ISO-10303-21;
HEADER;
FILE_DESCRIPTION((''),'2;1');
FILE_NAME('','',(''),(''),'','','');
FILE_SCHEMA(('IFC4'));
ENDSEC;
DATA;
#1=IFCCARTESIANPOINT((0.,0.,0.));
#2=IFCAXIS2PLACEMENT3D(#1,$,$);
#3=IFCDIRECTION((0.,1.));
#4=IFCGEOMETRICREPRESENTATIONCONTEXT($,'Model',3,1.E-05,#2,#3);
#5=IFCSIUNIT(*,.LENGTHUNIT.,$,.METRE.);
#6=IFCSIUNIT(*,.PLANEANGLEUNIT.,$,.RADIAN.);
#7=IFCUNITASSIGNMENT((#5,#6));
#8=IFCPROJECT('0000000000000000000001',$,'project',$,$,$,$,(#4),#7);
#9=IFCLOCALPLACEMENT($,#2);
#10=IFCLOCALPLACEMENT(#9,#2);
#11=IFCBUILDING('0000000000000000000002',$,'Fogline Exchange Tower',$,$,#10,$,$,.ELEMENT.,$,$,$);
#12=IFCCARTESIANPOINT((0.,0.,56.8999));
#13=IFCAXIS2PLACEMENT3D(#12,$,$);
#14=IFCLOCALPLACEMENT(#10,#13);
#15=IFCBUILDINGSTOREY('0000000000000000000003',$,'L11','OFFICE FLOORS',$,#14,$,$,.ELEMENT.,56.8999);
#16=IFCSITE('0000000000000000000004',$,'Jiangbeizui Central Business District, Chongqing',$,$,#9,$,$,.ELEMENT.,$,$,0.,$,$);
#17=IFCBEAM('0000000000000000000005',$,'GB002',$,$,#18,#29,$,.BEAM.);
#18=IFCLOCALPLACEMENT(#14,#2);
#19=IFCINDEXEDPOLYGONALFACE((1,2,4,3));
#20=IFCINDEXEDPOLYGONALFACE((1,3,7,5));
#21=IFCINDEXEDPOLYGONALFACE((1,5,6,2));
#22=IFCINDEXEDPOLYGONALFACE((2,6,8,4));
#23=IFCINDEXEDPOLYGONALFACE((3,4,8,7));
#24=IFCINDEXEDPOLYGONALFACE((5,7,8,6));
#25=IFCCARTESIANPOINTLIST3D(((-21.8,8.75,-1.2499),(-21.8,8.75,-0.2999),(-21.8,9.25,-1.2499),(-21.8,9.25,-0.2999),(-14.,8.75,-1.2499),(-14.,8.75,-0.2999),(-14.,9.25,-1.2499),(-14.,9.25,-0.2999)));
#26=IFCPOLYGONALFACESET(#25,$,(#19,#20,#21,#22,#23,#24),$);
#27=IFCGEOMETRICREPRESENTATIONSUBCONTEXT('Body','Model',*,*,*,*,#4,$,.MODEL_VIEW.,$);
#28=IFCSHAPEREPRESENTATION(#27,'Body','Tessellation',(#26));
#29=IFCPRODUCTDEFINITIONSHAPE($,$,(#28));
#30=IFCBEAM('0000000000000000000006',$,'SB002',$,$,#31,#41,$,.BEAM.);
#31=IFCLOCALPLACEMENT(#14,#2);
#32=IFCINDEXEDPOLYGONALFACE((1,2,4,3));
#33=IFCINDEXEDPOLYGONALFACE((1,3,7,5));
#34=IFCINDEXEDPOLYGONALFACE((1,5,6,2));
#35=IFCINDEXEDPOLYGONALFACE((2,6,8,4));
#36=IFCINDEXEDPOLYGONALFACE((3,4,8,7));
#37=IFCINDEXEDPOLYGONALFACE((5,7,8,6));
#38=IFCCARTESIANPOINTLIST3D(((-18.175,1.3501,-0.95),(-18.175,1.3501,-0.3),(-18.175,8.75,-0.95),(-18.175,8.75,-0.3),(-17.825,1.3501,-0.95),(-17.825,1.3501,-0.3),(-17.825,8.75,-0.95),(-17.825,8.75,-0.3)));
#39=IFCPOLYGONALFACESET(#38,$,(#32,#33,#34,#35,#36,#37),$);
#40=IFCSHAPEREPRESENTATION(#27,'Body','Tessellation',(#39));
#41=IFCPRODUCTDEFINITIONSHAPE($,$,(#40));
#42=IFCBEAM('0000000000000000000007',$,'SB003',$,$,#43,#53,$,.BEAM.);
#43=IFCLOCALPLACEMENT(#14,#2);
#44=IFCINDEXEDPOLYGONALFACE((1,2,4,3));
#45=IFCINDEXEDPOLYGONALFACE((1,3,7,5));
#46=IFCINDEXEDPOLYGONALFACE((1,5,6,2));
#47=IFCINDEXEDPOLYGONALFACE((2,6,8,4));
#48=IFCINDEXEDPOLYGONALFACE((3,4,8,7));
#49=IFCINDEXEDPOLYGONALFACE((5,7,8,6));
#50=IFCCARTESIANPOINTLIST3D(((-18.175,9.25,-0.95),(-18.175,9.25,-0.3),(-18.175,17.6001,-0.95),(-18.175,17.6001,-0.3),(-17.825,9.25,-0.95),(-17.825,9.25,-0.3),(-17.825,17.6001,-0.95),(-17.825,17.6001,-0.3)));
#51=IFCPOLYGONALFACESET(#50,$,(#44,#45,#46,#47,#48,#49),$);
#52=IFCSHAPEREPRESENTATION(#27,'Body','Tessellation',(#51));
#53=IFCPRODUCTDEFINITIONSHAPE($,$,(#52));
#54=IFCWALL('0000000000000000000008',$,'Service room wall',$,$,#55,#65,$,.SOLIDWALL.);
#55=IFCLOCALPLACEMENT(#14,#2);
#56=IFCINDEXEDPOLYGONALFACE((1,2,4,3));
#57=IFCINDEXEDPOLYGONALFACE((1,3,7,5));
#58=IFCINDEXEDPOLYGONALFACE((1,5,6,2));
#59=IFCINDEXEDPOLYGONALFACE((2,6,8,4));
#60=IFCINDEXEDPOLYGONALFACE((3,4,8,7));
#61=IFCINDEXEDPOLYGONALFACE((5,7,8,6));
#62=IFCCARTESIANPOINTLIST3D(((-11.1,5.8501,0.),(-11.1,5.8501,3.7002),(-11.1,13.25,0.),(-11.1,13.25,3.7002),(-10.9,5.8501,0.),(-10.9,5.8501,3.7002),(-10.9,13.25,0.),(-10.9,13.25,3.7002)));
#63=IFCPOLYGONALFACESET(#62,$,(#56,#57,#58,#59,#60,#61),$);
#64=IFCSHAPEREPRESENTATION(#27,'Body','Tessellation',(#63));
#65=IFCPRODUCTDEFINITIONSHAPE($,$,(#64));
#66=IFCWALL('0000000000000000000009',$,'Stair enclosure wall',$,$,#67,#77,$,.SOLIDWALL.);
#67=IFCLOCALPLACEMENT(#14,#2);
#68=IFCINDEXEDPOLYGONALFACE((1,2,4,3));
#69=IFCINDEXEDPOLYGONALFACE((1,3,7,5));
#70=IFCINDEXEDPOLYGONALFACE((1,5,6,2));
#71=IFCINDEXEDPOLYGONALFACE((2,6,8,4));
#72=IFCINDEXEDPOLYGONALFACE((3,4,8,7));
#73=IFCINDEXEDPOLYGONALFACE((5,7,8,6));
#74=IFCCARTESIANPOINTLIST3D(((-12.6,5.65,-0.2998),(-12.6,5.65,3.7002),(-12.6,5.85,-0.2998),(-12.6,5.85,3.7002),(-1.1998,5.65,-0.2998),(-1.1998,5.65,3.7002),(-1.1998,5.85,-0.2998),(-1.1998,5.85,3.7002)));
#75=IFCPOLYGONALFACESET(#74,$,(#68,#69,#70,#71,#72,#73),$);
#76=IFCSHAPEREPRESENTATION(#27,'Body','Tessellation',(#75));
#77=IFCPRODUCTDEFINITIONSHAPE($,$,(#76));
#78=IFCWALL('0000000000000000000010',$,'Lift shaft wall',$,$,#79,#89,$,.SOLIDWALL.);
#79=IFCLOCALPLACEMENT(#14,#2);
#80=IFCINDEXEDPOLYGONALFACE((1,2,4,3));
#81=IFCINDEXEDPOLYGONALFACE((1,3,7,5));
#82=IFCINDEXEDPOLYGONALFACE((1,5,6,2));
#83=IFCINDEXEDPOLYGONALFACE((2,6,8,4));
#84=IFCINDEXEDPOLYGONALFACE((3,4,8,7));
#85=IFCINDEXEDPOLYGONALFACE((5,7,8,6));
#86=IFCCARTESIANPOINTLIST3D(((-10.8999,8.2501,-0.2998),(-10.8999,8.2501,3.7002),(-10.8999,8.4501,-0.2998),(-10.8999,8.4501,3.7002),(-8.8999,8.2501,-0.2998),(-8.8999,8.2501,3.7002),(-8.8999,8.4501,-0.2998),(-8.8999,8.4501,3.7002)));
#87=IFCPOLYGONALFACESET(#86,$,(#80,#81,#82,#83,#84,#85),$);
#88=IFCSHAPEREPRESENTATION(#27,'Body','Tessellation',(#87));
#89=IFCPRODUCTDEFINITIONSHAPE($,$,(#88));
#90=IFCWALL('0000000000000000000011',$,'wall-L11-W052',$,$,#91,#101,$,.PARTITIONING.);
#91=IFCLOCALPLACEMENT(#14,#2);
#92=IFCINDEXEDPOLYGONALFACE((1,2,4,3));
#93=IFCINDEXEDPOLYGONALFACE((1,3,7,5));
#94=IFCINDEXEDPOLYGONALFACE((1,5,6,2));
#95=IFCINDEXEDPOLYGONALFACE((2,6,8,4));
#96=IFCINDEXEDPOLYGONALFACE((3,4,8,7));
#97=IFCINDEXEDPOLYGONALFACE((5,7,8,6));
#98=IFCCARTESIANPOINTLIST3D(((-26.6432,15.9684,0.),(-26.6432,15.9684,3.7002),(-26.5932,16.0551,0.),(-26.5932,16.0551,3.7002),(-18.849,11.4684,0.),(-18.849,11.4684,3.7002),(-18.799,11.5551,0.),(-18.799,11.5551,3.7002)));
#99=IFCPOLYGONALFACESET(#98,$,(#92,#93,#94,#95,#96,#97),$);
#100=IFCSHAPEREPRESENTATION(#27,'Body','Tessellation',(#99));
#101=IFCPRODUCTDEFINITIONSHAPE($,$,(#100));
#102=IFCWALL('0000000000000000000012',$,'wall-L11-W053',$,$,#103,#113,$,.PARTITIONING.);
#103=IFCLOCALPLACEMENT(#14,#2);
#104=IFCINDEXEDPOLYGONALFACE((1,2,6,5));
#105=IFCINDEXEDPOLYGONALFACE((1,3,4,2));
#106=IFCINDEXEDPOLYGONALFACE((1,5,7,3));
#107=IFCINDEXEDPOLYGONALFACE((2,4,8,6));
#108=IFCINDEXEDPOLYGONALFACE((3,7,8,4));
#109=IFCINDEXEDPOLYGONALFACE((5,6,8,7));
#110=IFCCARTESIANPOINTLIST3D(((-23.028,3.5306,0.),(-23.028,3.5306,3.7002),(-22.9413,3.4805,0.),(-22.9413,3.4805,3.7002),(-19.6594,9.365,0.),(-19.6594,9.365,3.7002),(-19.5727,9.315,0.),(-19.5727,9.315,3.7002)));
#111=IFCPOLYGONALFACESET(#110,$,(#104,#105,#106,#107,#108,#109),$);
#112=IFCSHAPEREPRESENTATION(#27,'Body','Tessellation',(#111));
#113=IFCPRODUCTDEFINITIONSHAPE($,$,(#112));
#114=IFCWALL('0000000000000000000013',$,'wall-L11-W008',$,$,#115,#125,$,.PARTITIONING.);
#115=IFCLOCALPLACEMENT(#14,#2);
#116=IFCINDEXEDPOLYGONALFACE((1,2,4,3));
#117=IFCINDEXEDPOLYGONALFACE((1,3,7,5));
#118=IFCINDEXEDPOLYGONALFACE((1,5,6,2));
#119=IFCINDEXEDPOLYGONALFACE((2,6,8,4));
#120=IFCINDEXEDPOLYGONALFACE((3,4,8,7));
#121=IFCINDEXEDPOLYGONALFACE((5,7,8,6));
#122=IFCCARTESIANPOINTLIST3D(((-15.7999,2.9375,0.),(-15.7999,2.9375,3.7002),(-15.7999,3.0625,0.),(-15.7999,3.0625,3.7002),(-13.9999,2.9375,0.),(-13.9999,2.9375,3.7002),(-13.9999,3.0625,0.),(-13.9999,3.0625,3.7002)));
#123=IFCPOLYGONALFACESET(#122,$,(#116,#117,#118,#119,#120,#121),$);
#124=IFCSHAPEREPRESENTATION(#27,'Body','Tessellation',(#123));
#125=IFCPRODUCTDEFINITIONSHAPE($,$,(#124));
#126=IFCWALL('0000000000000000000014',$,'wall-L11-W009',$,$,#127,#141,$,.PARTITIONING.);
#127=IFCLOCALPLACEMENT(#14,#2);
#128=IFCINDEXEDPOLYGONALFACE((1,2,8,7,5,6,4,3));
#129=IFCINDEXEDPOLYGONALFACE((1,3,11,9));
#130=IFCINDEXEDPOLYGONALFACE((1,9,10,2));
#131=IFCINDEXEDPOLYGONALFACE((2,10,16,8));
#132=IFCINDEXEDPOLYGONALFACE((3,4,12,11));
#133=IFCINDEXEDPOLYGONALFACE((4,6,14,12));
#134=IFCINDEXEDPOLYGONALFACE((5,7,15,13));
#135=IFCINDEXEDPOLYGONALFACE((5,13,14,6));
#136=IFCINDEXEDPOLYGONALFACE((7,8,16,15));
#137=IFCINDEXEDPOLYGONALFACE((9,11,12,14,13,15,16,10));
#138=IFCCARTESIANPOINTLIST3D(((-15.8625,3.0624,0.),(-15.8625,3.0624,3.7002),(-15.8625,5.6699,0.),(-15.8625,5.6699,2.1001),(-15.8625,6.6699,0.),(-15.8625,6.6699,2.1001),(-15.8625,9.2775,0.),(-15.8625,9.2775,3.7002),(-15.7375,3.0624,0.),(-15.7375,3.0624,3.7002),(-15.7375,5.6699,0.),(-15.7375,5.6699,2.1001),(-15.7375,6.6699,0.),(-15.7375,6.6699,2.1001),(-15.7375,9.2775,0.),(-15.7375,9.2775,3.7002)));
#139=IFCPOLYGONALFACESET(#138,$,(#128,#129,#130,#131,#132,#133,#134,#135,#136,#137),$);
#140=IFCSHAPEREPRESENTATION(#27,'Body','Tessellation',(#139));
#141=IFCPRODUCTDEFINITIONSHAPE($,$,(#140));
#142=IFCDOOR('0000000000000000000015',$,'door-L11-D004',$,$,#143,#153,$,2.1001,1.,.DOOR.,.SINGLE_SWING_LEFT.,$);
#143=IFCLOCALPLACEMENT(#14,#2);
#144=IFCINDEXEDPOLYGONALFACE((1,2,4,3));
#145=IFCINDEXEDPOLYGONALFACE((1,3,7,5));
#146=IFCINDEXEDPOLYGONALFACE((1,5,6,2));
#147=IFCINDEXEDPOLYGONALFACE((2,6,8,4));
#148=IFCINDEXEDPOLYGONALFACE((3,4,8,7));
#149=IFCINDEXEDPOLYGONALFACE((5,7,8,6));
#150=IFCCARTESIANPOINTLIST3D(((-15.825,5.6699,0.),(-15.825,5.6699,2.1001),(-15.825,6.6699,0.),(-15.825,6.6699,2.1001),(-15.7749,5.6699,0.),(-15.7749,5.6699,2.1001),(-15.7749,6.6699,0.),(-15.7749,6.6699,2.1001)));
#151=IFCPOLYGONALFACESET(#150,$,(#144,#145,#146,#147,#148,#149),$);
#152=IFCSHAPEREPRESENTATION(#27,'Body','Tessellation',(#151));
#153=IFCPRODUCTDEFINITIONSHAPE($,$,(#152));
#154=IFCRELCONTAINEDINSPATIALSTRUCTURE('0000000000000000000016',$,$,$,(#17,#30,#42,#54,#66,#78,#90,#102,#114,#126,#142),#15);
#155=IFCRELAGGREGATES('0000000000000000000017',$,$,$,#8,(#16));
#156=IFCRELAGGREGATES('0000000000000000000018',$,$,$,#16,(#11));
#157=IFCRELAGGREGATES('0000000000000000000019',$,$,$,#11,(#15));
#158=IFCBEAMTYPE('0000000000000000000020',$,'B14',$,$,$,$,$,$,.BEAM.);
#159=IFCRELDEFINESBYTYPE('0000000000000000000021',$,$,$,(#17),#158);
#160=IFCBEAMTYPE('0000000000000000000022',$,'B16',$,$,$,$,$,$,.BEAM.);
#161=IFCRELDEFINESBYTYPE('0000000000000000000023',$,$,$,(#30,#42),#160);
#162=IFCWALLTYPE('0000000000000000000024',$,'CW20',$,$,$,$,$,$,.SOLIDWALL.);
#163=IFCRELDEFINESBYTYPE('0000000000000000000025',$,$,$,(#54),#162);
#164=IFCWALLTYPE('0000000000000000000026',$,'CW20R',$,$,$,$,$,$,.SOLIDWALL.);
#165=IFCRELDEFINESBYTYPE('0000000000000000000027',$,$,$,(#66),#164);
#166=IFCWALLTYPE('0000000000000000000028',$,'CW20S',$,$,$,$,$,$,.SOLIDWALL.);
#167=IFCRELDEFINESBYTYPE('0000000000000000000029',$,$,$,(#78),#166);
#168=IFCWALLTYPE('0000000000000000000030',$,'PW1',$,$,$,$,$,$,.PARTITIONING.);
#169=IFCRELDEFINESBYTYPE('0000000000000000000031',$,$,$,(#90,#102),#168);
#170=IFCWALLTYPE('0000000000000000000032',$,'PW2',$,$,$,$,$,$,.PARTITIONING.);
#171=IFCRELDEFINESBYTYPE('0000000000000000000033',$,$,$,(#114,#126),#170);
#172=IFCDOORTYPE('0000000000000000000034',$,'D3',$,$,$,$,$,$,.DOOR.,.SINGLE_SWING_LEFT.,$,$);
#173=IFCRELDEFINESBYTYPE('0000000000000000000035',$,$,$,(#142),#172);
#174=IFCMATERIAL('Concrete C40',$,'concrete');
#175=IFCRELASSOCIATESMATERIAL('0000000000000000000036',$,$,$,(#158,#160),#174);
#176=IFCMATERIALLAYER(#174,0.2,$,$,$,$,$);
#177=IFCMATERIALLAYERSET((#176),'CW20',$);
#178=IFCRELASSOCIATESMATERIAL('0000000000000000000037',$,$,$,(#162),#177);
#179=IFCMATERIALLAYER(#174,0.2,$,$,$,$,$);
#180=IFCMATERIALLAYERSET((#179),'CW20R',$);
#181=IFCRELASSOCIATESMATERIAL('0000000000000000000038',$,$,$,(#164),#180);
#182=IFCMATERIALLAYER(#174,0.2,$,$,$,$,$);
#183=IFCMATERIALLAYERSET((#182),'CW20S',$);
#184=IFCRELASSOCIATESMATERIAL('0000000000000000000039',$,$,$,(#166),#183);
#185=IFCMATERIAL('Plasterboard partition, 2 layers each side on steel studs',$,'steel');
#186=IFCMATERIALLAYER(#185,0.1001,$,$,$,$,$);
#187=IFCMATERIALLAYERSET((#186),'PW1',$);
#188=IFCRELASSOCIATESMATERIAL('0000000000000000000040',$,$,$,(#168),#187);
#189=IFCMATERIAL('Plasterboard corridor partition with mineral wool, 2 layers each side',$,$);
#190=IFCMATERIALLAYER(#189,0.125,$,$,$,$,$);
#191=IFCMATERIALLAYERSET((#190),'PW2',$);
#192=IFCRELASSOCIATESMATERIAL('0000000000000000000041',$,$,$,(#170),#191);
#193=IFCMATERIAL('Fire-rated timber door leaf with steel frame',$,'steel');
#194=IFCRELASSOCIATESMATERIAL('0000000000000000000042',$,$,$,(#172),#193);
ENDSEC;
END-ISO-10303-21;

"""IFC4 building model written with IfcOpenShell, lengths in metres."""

from ifc_helpers import new_model, si_unit, direction, frame, frame_2d, origin, origin_2d, place, context, subcontext, project, spatial, rectangle, extrude, material, layer, layer_set, material_profile, profile_set, type_object, element, fill, save


model = new_model("IFC4")

# Units and contexts
model_context = context("Model", 3, precision=1e-05, world=origin(), true_north=direction((0.0, 1.0)))
body_context = subcontext(model_context, "Body", "Model", "MODEL_VIEW")
ifc_project = project(units=[si_unit("LENGTHUNIT", "METRE"), si_unit("PLANEANGLEUNIT", "RADIAN")], contexts=[model_context])

# Site, building, storey
site_placement = place(None, origin())
site = spatial("IfcSite", under=ifc_project, at=site_placement, Name="Jiangbeizui Central Business District, Chongqing", CompositionType="ELEMENT", RefElevation=0.0)
building_placement = place(site_placement, origin())
building = spatial("IfcBuilding", under=site, at=building_placement, Name="Fogline Exchange Tower", CompositionType="ELEMENT")
storey_placement = place(building_placement, frame((0.0, 0.0, 56.8999)))
storey = spatial("IfcBuildingStorey", under=building, at=storey_placement, Name="L11", Description="OFFICE FLOORS", CompositionType="ELEMENT", Elevation=56.8999)

# Beams
ifc_material_1 = material(Name="Concrete C40", Category="concrete")
ifc_material_profile_1 = material_profile(ifc_material_1, rectangle(XDim=0.5, YDim=0.95, at=origin_2d()), Name="RC 500x950")
ifc_profile_set_1 = profile_set([ifc_material_profile_1], Name="Concrete C40")
beam_type_1 = type_object("IfcBeamType", Name="B14", PredefinedType="BEAM", material=ifc_profile_set_1)
beam_1_placement = place(storey_placement, frame((-21.8, 9.0, -0.7749), z_axis=(1.0, 0.0, 0.0), x_axis=(0.0, 1.0, 0.0)))
element("IfcBeam", 1, at=beam_1_placement, inside=storey, type_object=beam_type_1, Name="GB002", PredefinedType="BEAM", context=body_context, shape_type="SweptSolid", body=[
    extrude(rectangle(XDim=0.5, YDim=0.95, at=origin_2d()), origin(), (0.0, 0.0, 1.0), 7.8),
])
ifc_material_profile_2 = material_profile(ifc_material_1, rectangle(XDim=0.3501, YDim=0.6499, at=origin_2d()), Name="RC 350x650")
ifc_profile_set_2 = profile_set([ifc_material_profile_2], Name="Concrete C40")
beam_type_2 = type_object("IfcBeamType", Name="B16", PredefinedType="BEAM", material=ifc_profile_set_2)
beam_2_placement = place(storey_placement, frame((-18.0, 1.3501, -0.625), z_axis=(0.0, 1.0, 0.0), x_axis=(-1.0, 0.0, 0.0)))
element("IfcBeam", 2, at=beam_2_placement, inside=storey, type_object=beam_type_2, Name="SB002", PredefinedType="BEAM", context=body_context, shape_type="SweptSolid", body=[
    extrude(rectangle(XDim=0.3501, YDim=0.6499, at=origin_2d()), origin(), (0.0, 0.0, 1.0), 7.3999),
])
beam_3_placement = place(storey_placement, frame((-18.0, 9.25, -0.625), z_axis=(0.0, 1.0, 0.0), x_axis=(-1.0, 0.0, 0.0)))
element("IfcBeam", 3, at=beam_3_placement, inside=storey, type_object=beam_type_2, Name="SB003", PredefinedType="BEAM", context=body_context, shape_type="SweptSolid", body=[
    extrude(rectangle(XDim=0.3501, YDim=0.6499, at=origin_2d()), origin(), (0.0, 0.0, 1.0), 8.3501),
])

# Walls
ifc_layer_1 = layer(ifc_material_1, 0.2)
ifc_layer_set_1 = layer_set([ifc_layer_1], Name="CW20")
wall_type_1 = type_object("IfcWallType", Name="CW20", PredefinedType="SOLIDWALL", material=ifc_layer_set_1)
wall_1_placement = place(storey_placement, frame((-11.0, 5.8501, 0.0), z_axis=(0.0, 0.0, 1.0), x_axis=(0.0, 1.0, 0.0)))
element("IfcWall", 4, at=wall_1_placement, inside=storey, type_object=wall_type_1, Name="Service room wall", PredefinedType="SOLIDWALL", context=body_context, shape_type="SweptSolid", body=[
    extrude(rectangle(XDim=7.3999, YDim=0.2, at=frame_2d((3.7, 0.0))), origin(), (0.0, 0.0, 1.0), 3.7002),
])
ifc_layer_2 = layer(ifc_material_1, 0.2)
ifc_layer_set_2 = layer_set([ifc_layer_2], Name="CW20R")
wall_type_2 = type_object("IfcWallType", Name="CW20R", PredefinedType="SOLIDWALL", material=ifc_layer_set_2)
wall_2_placement = place(storey_placement, frame((-12.6001, 5.75, -0.2998), z_axis=(0.0, 0.0, 1.0), x_axis=(1.0, 0.0, 0.0)))
element("IfcWall", 5, at=wall_2_placement, inside=storey, type_object=wall_type_2, Name="Stair enclosure wall", PredefinedType="SOLIDWALL", context=body_context, shape_type="SweptSolid", body=[
    extrude(rectangle(XDim=11.4001, YDim=0.2, at=frame_2d((5.7002, 0.0))), origin(), (0.0, 0.0, 1.0), 4.0),
])
ifc_layer_3 = layer(ifc_material_1, 0.2)
ifc_layer_set_3 = layer_set([ifc_layer_3], Name="CW20S")
wall_type_3 = type_object("IfcWallType", Name="CW20S", PredefinedType="SOLIDWALL", material=ifc_layer_set_3)
wall_3_placement = place(storey_placement, frame((-10.8999, 8.3501, -0.2998), z_axis=(0.0, 0.0, 1.0), x_axis=(1.0, 0.0, 0.0)))
element("IfcWall", 6, at=wall_3_placement, inside=storey, type_object=wall_type_3, Name="Lift shaft wall", PredefinedType="SOLIDWALL", context=body_context, shape_type="SweptSolid", body=[
    extrude(rectangle(XDim=2.0, YDim=0.2, at=frame_2d((1.0, 0.0))), origin(), (0.0, 0.0, 1.0), 4.0),
])
ifc_material_2 = material(Name="Plasterboard partition, 2 layers each side on steel studs", Category="steel")
ifc_layer_4 = layer(ifc_material_2, 0.1001)
ifc_layer_set_4 = layer_set([ifc_layer_4], Name="PW1")
wall_type_4 = type_object("IfcWallType", Name="PW1", PredefinedType="PARTITIONING", material=ifc_layer_set_4)
wall_4_placement = place(storey_placement, frame((-18.824, 11.5117, 0.0), z_axis=(0.0, 0.0, 1.0), x_axis=(-0.866024, 0.500002, 0.0)))
element("IfcWall", 7, at=wall_4_placement, inside=storey, type_object=wall_type_4, Name="wall-L11-W052", PredefinedType="PARTITIONING", context=body_context, shape_type="SweptSolid", body=[
    extrude(rectangle(XDim=9.0, YDim=0.1001, at=frame_2d((4.5, 0.0))), origin(), (0.0, 0.0, 1.0), 3.7002),
])
wall_5_placement = place(storey_placement, frame((-19.616, 9.3401, 0.0), z_axis=(0.0, 0.0, 1.0), x_axis=(-0.500013, -0.866018, 0.0)))
element("IfcWall", 8, at=wall_5_placement, inside=storey, type_object=wall_type_4, Name="wall-L11-W053", PredefinedType="PARTITIONING", context=body_context, shape_type="SweptSolid", body=[
    extrude(rectangle(XDim=6.7371, YDim=0.1001, at=frame_2d((3.3687, 0.0))), origin(), (0.0, 0.0, 1.0), 3.7002),
])
ifc_material_3 = material(Name="Plasterboard corridor partition with mineral wool, 2 layers each side")
ifc_layer_5 = layer(ifc_material_3, 0.125)
ifc_layer_set_5 = layer_set([ifc_layer_5], Name="PW2")
wall_type_5 = type_object("IfcWallType", Name="PW2", PredefinedType="PARTITIONING", material=ifc_layer_set_5)
wall_6_placement = place(storey_placement, frame((-14.0, 3.0, 0.0), z_axis=(0.0, 0.0, 1.0), x_axis=(-1.0, 0.0, 0.0)))
element("IfcWall", 9, at=wall_6_placement, inside=storey, type_object=wall_type_5, Name="wall-L11-W008", PredefinedType="PARTITIONING", context=body_context, shape_type="SweptSolid", body=[
    extrude(rectangle(XDim=1.8, YDim=0.125, at=frame_2d((0.8999, 0.0))), origin(), (0.0, 0.0, 1.0), 3.7002),
])

# Wall, opening, door
wall_7_placement = place(storey_placement, frame((-15.8, 3.0625, 0.0), z_axis=(0.0, 0.0, 1.0), x_axis=(0.0, 1.0, 0.0)))
wall_7 = element("IfcWall", 10, at=wall_7_placement, inside=storey, type_object=wall_type_5, Name="wall-L11-W009", PredefinedType="PARTITIONING", context=body_context, shape_type="SweptSolid", body=[
    extrude(rectangle(XDim=6.2151, YDim=0.125, at=frame_2d((3.1074, 0.0))), origin(), (0.0, 0.0, 1.0), 3.7002),
])
opening_1_placement = place(wall_7_placement, frame((2.6074, 0.0, 0.0)))
opening_1 = element("IfcOpeningElement", 11, at=opening_1_placement, cuts=wall_7, PredefinedType="OPENING", context=body_context, shape_type="SweptSolid", body=[
    extrude(rectangle(XDim=1.0, YDim=2.1001, at=frame_2d((0.5, 1.05))), frame((0.0, 0.0725, 0.0), z_axis=(0.0, -1.0, 0.0), x_axis=(1.0, 0.0, 0.0)), (0.0, 0.0, 1.0), 0.145),
])
ifc_material_4 = material(Name="Fire-rated timber door leaf with steel frame", Category="steel")
door_type_1 = type_object("IfcDoorType", Name="D3", OperationType="SINGLE_SWING_LEFT", PredefinedType="DOOR", material=ifc_material_4)
door_1_placement = place(opening_1_placement, origin())
door_1 = element("IfcDoor", 12, at=door_1_placement, inside=storey, type_object=door_type_1, Name="door-L11-D004", OperationType="SINGLE_SWING_LEFT", OverallHeight=2.1001, OverallWidth=1.0, PredefinedType="DOOR", context=body_context, shape_type="SweptSolid", body=[
    extrude(rectangle(XDim=1.0, YDim=2.1001, at=frame_2d((0.5, 1.05))), frame((0.0, 0.0249, 0.0), z_axis=(0.0, -1.0, 0.0), x_axis=(1.0, 0.0, 0.0)), (0.0, 0.0, 1.0), 0.05),
])
fill(opening_1, door_1)

save(model, "model.ifc")
